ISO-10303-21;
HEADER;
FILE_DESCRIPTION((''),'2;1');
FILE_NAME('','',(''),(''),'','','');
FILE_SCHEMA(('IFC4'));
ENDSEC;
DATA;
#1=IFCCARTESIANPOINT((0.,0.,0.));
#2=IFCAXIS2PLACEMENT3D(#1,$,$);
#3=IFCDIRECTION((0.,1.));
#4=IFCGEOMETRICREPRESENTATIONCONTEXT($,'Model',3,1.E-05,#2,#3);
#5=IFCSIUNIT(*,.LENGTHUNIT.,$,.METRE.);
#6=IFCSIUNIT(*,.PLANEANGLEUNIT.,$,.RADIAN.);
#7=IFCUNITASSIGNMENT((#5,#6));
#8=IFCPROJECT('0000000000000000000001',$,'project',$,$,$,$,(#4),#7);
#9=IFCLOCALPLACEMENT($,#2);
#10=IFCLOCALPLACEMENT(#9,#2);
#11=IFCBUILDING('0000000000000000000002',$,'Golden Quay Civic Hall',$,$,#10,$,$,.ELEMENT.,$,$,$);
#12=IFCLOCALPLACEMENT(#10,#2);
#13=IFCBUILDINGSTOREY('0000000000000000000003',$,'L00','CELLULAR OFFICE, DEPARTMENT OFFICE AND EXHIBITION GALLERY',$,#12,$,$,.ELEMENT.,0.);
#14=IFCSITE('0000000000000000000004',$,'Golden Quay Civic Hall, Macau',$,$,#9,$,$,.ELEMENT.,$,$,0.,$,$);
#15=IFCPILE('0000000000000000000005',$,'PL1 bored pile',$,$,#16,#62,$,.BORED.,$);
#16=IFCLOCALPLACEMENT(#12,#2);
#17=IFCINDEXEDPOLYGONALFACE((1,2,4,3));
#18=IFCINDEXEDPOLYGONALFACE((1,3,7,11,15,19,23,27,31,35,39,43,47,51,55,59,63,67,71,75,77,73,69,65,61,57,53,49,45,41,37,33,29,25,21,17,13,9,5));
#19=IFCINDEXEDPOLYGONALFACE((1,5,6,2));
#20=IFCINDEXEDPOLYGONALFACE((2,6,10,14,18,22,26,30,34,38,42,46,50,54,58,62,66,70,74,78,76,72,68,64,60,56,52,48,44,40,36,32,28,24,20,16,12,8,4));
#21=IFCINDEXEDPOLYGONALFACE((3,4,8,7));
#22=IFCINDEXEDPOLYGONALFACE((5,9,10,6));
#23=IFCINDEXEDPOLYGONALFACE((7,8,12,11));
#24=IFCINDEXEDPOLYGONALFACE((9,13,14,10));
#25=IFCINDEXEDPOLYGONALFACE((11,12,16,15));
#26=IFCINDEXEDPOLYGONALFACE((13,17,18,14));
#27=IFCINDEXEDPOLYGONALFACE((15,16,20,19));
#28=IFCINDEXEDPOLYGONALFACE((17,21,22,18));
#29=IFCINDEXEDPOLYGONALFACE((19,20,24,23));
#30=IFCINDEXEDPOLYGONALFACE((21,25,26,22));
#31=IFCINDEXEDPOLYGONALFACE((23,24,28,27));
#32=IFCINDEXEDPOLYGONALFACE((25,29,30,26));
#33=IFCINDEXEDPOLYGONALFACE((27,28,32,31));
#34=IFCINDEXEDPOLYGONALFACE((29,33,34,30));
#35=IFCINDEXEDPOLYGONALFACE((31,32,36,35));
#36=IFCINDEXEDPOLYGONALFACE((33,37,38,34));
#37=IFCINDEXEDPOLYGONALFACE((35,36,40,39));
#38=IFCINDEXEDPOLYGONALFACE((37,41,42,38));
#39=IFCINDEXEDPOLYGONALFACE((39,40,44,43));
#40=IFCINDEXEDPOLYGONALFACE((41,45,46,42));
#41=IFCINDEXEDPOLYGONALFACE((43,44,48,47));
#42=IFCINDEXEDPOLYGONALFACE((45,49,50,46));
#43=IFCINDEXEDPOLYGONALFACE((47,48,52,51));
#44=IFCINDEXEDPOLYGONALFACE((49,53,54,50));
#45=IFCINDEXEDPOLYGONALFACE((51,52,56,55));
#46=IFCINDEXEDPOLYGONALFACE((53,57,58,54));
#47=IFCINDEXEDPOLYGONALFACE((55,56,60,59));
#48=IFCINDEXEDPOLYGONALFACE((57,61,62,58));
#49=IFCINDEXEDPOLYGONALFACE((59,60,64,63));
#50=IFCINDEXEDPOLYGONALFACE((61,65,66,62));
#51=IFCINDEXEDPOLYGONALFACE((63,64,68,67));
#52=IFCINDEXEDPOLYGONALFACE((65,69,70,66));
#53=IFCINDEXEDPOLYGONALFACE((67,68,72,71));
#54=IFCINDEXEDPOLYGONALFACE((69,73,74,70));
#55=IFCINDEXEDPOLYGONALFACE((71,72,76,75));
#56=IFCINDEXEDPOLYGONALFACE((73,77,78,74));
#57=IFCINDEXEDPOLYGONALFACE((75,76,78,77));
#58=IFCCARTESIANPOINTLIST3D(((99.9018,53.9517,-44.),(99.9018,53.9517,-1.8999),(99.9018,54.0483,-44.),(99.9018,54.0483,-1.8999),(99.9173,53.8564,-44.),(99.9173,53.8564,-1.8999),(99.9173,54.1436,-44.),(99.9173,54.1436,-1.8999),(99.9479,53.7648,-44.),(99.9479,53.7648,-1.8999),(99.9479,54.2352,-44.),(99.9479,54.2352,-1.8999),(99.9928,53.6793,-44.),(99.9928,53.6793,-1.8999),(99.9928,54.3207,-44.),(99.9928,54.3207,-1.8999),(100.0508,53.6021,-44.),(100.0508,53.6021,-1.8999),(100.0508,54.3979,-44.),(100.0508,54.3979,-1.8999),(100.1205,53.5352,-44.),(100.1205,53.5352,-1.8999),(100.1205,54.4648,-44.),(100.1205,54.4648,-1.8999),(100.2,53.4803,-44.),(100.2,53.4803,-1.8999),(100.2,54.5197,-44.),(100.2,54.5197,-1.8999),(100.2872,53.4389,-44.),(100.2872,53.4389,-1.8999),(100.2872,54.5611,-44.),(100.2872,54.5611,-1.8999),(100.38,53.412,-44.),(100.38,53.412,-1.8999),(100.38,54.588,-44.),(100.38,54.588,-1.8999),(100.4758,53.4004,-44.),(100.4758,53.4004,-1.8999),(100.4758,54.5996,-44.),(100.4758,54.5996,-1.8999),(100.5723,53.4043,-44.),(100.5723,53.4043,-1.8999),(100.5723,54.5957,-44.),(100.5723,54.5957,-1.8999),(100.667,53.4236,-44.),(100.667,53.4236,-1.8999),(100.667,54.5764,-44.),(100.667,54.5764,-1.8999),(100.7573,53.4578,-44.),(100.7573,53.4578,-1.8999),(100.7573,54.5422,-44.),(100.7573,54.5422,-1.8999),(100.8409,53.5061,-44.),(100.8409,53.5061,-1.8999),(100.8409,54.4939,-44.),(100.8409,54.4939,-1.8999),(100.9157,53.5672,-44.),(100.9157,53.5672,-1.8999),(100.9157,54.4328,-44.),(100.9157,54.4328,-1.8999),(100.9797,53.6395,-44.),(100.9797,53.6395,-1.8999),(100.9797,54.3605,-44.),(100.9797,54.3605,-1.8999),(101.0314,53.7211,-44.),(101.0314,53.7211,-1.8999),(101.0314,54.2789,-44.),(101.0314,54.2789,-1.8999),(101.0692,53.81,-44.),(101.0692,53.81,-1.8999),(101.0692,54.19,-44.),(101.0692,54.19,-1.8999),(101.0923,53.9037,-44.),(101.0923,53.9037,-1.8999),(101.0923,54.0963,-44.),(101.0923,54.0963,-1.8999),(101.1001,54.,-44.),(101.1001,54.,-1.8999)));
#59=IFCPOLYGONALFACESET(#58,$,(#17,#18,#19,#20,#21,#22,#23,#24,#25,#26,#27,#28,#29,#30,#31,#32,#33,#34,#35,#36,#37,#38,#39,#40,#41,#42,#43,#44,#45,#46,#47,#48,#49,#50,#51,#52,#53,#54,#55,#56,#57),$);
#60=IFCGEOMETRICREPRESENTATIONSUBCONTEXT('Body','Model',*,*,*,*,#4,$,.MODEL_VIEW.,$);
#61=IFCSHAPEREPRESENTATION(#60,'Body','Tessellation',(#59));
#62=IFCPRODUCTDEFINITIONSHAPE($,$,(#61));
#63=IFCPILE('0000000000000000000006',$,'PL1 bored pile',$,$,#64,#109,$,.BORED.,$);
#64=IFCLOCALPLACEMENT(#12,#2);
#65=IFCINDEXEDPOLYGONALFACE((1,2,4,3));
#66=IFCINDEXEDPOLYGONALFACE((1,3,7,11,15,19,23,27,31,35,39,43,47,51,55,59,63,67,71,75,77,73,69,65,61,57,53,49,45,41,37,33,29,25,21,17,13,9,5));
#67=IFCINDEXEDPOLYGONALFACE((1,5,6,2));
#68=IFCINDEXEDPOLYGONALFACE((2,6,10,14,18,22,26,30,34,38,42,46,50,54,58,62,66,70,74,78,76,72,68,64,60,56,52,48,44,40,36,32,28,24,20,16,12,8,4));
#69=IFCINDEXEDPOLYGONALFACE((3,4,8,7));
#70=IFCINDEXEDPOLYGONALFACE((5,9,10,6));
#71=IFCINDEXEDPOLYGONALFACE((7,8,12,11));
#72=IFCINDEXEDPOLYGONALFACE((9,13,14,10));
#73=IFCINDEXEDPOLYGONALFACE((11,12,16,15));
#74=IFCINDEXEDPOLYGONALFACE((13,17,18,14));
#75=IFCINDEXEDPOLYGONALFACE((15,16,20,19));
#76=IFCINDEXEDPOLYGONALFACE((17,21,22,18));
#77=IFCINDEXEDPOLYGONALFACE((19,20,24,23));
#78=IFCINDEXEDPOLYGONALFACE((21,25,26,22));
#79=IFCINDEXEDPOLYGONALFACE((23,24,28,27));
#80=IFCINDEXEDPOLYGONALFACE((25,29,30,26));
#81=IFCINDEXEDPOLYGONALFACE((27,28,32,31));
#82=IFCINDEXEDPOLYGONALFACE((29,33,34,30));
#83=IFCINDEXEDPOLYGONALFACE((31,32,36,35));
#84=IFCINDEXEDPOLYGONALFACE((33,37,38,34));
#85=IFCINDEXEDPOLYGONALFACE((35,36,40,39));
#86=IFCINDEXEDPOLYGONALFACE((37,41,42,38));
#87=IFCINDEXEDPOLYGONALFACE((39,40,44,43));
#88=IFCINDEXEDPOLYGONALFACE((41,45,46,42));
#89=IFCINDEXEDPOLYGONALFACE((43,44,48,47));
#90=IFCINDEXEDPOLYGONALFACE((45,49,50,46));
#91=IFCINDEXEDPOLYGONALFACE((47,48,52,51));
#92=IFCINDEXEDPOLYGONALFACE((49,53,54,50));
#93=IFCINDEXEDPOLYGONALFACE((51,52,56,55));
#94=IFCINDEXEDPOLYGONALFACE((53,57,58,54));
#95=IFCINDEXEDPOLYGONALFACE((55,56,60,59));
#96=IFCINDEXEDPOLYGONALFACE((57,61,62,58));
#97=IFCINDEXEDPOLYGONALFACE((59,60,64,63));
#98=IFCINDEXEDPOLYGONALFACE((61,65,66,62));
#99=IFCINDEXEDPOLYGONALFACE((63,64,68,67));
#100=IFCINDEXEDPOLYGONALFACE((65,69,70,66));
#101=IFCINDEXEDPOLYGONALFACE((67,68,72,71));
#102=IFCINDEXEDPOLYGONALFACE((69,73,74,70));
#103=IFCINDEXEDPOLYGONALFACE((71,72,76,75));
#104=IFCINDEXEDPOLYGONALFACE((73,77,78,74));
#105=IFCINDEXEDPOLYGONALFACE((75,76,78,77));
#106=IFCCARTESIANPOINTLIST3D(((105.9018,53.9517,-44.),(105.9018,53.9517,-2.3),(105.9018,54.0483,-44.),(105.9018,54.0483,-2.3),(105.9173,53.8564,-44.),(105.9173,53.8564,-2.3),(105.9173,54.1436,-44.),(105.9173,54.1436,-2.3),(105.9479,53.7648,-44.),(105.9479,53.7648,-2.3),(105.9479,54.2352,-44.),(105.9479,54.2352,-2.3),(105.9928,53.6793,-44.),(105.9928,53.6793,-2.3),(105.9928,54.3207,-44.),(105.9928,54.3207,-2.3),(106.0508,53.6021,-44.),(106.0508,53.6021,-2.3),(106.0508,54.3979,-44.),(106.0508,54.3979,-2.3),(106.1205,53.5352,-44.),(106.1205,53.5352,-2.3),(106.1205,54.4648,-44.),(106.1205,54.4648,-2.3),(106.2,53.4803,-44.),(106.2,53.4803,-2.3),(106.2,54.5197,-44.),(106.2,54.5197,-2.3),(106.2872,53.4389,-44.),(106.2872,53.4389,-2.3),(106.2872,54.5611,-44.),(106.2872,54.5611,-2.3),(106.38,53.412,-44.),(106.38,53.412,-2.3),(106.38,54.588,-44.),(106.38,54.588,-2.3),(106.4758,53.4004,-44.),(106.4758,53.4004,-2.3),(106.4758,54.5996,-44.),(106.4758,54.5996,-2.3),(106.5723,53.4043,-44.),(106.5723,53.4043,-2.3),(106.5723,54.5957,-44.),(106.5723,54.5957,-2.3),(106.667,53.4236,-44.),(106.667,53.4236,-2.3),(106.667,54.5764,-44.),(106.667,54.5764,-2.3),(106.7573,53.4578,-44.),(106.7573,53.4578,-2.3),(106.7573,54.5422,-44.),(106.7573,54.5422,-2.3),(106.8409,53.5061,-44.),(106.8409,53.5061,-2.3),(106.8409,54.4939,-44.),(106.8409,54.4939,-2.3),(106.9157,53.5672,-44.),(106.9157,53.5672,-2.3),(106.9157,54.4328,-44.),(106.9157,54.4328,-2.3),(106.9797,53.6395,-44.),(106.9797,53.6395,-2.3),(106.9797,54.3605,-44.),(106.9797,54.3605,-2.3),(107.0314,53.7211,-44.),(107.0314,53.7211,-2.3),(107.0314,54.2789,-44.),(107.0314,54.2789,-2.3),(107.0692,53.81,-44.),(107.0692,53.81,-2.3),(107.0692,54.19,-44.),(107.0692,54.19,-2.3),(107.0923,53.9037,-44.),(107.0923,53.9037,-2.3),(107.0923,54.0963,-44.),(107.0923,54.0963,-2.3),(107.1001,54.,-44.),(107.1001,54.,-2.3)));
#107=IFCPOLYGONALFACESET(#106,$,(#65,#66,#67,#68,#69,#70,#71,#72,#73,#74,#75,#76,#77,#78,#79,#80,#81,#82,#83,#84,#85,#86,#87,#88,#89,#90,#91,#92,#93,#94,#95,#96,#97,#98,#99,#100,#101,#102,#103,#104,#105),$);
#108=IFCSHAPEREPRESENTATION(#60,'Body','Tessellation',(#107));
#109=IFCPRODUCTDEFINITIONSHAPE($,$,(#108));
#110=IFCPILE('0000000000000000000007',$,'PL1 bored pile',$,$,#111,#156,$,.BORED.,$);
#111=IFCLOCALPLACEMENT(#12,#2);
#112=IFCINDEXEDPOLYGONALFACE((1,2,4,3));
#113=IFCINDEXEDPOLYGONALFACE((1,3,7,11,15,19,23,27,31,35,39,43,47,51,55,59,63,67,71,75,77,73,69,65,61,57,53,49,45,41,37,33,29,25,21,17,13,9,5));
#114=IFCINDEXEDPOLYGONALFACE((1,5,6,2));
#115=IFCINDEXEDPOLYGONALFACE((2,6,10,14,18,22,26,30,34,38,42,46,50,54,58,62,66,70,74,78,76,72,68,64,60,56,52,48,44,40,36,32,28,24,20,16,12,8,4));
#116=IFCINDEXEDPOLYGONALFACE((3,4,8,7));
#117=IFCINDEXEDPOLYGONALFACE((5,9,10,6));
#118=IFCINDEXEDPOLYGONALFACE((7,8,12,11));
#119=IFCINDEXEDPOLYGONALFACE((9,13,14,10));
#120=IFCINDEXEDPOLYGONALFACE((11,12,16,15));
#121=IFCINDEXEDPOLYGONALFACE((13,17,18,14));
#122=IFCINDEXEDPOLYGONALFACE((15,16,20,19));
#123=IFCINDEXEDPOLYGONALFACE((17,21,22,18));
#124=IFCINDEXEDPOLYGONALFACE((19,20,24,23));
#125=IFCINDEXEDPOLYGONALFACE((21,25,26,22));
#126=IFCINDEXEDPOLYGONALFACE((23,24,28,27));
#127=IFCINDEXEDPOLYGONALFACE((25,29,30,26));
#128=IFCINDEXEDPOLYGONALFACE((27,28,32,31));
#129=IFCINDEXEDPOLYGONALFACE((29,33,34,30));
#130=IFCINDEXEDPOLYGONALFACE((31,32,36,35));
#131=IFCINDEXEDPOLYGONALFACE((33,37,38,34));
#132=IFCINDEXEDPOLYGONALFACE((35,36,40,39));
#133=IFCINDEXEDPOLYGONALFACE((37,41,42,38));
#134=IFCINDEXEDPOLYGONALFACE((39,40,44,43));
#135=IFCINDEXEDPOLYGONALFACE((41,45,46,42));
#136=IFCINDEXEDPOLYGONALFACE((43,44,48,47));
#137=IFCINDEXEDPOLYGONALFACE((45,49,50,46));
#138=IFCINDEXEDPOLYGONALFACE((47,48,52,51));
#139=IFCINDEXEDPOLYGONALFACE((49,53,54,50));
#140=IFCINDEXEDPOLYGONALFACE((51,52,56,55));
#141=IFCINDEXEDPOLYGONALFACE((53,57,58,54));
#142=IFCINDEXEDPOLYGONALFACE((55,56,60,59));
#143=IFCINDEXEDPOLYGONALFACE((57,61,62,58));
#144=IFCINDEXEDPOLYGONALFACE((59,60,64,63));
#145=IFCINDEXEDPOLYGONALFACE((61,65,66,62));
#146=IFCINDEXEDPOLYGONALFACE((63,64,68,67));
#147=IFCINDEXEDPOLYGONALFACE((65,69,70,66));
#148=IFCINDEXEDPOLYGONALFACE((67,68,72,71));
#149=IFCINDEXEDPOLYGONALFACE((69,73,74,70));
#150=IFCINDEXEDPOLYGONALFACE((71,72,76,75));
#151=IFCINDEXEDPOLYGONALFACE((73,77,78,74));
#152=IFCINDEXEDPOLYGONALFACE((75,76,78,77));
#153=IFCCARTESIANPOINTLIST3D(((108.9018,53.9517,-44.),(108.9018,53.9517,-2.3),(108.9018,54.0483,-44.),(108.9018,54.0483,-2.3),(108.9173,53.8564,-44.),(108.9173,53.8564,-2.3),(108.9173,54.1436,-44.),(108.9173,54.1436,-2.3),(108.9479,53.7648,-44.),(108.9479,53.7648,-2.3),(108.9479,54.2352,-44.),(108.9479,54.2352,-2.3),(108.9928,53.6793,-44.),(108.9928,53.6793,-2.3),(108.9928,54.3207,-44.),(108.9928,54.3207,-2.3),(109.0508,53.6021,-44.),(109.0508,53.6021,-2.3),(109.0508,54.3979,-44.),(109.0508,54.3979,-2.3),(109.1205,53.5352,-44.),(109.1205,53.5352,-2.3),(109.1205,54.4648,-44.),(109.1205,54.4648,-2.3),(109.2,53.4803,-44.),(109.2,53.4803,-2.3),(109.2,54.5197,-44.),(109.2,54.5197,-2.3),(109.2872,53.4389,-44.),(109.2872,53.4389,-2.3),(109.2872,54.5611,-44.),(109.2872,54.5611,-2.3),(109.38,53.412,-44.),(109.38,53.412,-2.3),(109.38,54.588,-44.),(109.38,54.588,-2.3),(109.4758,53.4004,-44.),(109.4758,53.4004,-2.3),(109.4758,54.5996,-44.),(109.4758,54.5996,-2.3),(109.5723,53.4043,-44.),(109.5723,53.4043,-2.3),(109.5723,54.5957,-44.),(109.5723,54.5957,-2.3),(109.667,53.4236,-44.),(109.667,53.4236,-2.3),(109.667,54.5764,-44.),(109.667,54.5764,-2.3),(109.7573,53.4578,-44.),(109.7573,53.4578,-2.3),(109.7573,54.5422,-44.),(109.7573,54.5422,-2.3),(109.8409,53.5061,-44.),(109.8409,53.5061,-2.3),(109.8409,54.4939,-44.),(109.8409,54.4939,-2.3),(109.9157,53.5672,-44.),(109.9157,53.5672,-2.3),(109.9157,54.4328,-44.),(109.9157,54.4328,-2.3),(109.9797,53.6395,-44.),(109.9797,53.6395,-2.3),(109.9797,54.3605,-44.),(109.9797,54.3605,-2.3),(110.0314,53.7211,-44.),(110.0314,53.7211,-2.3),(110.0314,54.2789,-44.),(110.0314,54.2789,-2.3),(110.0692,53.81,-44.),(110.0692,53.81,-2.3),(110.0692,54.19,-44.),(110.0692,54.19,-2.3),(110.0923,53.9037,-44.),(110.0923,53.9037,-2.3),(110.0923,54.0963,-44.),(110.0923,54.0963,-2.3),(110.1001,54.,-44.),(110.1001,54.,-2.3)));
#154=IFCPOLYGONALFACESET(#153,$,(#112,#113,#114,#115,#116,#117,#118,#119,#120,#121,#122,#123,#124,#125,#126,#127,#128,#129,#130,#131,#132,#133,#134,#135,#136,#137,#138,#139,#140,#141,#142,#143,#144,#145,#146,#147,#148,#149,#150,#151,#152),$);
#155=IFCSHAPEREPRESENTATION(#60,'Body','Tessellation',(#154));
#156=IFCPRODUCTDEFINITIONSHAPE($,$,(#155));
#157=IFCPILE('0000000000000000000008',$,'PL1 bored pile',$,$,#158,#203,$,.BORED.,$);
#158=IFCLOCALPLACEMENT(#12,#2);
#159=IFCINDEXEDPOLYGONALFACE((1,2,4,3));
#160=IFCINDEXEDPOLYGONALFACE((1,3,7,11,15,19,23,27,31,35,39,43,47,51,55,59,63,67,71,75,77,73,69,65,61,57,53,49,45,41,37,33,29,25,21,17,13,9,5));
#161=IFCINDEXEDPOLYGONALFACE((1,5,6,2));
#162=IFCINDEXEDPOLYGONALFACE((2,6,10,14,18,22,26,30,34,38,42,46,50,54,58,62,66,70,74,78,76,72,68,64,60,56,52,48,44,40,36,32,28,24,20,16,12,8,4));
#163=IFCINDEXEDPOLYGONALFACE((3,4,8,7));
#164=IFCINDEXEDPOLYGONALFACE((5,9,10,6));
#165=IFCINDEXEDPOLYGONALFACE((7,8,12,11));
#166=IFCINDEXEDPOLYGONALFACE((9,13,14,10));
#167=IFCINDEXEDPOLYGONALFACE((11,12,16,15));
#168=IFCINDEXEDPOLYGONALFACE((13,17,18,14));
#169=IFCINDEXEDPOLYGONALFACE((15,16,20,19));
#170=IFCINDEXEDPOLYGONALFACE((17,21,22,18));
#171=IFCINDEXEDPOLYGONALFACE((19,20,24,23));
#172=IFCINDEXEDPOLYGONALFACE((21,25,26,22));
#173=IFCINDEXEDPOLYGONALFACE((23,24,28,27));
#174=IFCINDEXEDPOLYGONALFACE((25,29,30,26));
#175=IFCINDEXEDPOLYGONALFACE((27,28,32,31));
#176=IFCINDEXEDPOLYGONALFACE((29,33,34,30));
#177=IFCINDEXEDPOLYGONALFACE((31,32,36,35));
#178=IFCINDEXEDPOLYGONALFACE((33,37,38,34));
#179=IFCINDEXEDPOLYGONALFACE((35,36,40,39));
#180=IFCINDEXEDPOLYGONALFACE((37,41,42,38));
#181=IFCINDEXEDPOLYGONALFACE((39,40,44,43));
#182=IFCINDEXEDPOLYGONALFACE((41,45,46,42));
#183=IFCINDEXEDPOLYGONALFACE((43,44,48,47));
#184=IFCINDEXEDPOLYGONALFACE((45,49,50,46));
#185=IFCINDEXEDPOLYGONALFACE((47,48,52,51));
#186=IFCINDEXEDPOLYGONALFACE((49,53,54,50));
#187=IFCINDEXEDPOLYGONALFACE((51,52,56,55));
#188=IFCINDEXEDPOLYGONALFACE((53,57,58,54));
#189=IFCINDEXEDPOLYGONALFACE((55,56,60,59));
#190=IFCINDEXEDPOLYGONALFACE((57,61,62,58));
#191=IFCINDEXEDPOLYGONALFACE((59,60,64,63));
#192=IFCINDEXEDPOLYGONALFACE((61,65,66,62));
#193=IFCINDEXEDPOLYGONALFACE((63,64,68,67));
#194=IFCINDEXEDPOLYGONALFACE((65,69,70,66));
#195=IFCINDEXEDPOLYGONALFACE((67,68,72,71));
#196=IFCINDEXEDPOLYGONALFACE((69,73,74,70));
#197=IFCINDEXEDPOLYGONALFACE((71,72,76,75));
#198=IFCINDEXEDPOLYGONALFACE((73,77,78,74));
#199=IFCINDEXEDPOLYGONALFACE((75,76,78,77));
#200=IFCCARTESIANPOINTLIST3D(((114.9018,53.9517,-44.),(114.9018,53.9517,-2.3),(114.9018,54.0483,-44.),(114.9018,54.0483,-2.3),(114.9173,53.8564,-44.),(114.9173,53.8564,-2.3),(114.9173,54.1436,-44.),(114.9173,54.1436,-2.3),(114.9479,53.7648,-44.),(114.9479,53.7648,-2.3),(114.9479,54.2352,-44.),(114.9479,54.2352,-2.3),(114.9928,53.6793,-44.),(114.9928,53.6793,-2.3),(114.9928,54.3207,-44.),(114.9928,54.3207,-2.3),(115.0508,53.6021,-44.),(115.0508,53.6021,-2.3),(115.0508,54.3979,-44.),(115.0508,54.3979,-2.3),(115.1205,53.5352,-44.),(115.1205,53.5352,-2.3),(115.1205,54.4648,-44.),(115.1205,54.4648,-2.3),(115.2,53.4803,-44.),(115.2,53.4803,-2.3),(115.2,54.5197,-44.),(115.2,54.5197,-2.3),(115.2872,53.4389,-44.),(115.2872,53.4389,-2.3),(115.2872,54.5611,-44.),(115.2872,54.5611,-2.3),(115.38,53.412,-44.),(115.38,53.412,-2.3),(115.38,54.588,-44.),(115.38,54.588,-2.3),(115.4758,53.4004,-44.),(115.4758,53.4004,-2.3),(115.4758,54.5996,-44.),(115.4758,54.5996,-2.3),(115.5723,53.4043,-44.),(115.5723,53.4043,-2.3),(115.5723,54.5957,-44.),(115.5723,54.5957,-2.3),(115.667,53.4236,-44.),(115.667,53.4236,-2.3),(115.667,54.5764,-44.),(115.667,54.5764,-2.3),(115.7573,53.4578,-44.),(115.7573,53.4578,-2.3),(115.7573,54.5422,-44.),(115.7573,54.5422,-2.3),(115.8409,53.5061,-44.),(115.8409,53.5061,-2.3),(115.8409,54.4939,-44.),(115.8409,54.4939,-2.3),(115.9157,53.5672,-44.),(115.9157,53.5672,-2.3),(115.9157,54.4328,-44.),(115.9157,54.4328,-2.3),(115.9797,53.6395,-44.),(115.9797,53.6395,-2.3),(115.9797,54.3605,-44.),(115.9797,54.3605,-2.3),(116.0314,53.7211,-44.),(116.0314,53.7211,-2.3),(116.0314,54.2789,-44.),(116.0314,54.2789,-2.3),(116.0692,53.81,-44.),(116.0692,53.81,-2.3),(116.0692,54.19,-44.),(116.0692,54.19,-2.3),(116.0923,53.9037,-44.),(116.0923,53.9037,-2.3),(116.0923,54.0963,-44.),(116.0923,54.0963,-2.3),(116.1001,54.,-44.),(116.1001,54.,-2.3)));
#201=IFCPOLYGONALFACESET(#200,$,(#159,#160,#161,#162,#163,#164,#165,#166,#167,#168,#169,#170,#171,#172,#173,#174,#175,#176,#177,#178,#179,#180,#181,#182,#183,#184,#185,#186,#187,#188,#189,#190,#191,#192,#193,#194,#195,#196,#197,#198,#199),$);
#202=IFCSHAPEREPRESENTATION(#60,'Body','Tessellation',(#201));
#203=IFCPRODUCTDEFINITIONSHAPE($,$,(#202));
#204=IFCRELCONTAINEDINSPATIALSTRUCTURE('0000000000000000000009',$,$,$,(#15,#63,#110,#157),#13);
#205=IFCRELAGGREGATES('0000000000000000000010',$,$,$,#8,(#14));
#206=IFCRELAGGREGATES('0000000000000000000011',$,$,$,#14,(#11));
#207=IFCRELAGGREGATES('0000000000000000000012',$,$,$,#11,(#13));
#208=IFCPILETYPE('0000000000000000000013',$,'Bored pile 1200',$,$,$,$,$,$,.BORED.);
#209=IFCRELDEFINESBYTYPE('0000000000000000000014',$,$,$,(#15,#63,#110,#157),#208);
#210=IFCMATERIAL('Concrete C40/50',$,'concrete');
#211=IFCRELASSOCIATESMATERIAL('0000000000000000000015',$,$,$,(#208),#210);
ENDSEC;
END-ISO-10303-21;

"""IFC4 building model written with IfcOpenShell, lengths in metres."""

from ifc_helpers import new_model, si_unit, direction, frame, origin, origin_2d, place, context, subcontext, project, spatial, circle, extrude, material, material_profile, profile_set, type_object, element, save


model = new_model("IFC4")

# Units and contexts
model_context = context("Model", 3, precision=1e-05, world=origin(), true_north=direction((0.0, 1.0)))
body_context = subcontext(model_context, "Body", "Model", "MODEL_VIEW")
ifc_project = project(units=[si_unit("LENGTHUNIT", "METRE"), si_unit("PLANEANGLEUNIT", "RADIAN")], contexts=[model_context])

# Site, building, storey
site_placement = place(None, origin())
site = spatial("IfcSite", under=ifc_project, at=site_placement, Name="Golden Quay Civic Hall, Macau", CompositionType="ELEMENT", RefElevation=0.0)
building_placement = place(site_placement, origin())
building = spatial("IfcBuilding", under=site, at=building_placement, Name="Golden Quay Civic Hall", CompositionType="ELEMENT")
storey_placement = place(building_placement, origin())
storey = spatial("IfcBuildingStorey", under=building, at=storey_placement, Name="L00", Description="CELLULAR OFFICE, DEPARTMENT OFFICE AND EXHIBITION GALLERY", CompositionType="ELEMENT", Elevation=0.0)

# Piles
ifc_material_1 = material(Name="Concrete C40/50", Category="concrete")
ifc_material_profile_1 = material_profile(ifc_material_1, circle(Radius=0.6001, at=origin_2d()), Name="RC D1200")
ifc_profile_set_1 = profile_set([ifc_material_profile_1], Name="Concrete C40/50")
pile_type = type_object("IfcPileType", Name="Bored pile 1200", PredefinedType="BORED", material=ifc_profile_set_1)
pile_placement = place(storey_placement, frame((100.5, 54.0, -1.8999), z_axis=(0.0, 0.0, -1.0), x_axis=(1.0, 0.0, 0.0)))
element("IfcPile", 1, at=pile_placement, inside=storey, type_object=pile_type, Name="PL1 bored pile", PredefinedType="BORED", context=body_context, shape_type="SweptSolid", body=[
    extrude(circle(Radius=0.6001, at=origin_2d()), origin(), (0.0, 0.0, 1.0), 42.1001),
])
for number, where, z_axis, x_axis, name in (
    (2, (106.5, 54.0, -2.3), (0.0, 0.0, -1.0), (1.0, 0.0, 0.0), "PL1 bored pile"),
    (3, (109.5, 54.0, -2.3), (0.0, 0.0, -1.0), (1.0, 0.0, 0.0), "PL1 bored pile"),
    (4, (115.5, 54.0, -2.3), (0.0, 0.0, -1.0), (1.0, 0.0, 0.0), "PL1 bored pile"),
):
    element("IfcPile", number, at=place(storey_placement, frame(where, z_axis=z_axis, x_axis=x_axis)), inside=storey, type_object=pile_type, Name=name, PredefinedType="BORED", context=body_context, shape_type="SweptSolid", body=[
        extrude(circle(Radius=0.6001, at=origin_2d()), origin(), (0.0, 0.0, 1.0), 41.7),
    ])

save(model, "model.ifc")
